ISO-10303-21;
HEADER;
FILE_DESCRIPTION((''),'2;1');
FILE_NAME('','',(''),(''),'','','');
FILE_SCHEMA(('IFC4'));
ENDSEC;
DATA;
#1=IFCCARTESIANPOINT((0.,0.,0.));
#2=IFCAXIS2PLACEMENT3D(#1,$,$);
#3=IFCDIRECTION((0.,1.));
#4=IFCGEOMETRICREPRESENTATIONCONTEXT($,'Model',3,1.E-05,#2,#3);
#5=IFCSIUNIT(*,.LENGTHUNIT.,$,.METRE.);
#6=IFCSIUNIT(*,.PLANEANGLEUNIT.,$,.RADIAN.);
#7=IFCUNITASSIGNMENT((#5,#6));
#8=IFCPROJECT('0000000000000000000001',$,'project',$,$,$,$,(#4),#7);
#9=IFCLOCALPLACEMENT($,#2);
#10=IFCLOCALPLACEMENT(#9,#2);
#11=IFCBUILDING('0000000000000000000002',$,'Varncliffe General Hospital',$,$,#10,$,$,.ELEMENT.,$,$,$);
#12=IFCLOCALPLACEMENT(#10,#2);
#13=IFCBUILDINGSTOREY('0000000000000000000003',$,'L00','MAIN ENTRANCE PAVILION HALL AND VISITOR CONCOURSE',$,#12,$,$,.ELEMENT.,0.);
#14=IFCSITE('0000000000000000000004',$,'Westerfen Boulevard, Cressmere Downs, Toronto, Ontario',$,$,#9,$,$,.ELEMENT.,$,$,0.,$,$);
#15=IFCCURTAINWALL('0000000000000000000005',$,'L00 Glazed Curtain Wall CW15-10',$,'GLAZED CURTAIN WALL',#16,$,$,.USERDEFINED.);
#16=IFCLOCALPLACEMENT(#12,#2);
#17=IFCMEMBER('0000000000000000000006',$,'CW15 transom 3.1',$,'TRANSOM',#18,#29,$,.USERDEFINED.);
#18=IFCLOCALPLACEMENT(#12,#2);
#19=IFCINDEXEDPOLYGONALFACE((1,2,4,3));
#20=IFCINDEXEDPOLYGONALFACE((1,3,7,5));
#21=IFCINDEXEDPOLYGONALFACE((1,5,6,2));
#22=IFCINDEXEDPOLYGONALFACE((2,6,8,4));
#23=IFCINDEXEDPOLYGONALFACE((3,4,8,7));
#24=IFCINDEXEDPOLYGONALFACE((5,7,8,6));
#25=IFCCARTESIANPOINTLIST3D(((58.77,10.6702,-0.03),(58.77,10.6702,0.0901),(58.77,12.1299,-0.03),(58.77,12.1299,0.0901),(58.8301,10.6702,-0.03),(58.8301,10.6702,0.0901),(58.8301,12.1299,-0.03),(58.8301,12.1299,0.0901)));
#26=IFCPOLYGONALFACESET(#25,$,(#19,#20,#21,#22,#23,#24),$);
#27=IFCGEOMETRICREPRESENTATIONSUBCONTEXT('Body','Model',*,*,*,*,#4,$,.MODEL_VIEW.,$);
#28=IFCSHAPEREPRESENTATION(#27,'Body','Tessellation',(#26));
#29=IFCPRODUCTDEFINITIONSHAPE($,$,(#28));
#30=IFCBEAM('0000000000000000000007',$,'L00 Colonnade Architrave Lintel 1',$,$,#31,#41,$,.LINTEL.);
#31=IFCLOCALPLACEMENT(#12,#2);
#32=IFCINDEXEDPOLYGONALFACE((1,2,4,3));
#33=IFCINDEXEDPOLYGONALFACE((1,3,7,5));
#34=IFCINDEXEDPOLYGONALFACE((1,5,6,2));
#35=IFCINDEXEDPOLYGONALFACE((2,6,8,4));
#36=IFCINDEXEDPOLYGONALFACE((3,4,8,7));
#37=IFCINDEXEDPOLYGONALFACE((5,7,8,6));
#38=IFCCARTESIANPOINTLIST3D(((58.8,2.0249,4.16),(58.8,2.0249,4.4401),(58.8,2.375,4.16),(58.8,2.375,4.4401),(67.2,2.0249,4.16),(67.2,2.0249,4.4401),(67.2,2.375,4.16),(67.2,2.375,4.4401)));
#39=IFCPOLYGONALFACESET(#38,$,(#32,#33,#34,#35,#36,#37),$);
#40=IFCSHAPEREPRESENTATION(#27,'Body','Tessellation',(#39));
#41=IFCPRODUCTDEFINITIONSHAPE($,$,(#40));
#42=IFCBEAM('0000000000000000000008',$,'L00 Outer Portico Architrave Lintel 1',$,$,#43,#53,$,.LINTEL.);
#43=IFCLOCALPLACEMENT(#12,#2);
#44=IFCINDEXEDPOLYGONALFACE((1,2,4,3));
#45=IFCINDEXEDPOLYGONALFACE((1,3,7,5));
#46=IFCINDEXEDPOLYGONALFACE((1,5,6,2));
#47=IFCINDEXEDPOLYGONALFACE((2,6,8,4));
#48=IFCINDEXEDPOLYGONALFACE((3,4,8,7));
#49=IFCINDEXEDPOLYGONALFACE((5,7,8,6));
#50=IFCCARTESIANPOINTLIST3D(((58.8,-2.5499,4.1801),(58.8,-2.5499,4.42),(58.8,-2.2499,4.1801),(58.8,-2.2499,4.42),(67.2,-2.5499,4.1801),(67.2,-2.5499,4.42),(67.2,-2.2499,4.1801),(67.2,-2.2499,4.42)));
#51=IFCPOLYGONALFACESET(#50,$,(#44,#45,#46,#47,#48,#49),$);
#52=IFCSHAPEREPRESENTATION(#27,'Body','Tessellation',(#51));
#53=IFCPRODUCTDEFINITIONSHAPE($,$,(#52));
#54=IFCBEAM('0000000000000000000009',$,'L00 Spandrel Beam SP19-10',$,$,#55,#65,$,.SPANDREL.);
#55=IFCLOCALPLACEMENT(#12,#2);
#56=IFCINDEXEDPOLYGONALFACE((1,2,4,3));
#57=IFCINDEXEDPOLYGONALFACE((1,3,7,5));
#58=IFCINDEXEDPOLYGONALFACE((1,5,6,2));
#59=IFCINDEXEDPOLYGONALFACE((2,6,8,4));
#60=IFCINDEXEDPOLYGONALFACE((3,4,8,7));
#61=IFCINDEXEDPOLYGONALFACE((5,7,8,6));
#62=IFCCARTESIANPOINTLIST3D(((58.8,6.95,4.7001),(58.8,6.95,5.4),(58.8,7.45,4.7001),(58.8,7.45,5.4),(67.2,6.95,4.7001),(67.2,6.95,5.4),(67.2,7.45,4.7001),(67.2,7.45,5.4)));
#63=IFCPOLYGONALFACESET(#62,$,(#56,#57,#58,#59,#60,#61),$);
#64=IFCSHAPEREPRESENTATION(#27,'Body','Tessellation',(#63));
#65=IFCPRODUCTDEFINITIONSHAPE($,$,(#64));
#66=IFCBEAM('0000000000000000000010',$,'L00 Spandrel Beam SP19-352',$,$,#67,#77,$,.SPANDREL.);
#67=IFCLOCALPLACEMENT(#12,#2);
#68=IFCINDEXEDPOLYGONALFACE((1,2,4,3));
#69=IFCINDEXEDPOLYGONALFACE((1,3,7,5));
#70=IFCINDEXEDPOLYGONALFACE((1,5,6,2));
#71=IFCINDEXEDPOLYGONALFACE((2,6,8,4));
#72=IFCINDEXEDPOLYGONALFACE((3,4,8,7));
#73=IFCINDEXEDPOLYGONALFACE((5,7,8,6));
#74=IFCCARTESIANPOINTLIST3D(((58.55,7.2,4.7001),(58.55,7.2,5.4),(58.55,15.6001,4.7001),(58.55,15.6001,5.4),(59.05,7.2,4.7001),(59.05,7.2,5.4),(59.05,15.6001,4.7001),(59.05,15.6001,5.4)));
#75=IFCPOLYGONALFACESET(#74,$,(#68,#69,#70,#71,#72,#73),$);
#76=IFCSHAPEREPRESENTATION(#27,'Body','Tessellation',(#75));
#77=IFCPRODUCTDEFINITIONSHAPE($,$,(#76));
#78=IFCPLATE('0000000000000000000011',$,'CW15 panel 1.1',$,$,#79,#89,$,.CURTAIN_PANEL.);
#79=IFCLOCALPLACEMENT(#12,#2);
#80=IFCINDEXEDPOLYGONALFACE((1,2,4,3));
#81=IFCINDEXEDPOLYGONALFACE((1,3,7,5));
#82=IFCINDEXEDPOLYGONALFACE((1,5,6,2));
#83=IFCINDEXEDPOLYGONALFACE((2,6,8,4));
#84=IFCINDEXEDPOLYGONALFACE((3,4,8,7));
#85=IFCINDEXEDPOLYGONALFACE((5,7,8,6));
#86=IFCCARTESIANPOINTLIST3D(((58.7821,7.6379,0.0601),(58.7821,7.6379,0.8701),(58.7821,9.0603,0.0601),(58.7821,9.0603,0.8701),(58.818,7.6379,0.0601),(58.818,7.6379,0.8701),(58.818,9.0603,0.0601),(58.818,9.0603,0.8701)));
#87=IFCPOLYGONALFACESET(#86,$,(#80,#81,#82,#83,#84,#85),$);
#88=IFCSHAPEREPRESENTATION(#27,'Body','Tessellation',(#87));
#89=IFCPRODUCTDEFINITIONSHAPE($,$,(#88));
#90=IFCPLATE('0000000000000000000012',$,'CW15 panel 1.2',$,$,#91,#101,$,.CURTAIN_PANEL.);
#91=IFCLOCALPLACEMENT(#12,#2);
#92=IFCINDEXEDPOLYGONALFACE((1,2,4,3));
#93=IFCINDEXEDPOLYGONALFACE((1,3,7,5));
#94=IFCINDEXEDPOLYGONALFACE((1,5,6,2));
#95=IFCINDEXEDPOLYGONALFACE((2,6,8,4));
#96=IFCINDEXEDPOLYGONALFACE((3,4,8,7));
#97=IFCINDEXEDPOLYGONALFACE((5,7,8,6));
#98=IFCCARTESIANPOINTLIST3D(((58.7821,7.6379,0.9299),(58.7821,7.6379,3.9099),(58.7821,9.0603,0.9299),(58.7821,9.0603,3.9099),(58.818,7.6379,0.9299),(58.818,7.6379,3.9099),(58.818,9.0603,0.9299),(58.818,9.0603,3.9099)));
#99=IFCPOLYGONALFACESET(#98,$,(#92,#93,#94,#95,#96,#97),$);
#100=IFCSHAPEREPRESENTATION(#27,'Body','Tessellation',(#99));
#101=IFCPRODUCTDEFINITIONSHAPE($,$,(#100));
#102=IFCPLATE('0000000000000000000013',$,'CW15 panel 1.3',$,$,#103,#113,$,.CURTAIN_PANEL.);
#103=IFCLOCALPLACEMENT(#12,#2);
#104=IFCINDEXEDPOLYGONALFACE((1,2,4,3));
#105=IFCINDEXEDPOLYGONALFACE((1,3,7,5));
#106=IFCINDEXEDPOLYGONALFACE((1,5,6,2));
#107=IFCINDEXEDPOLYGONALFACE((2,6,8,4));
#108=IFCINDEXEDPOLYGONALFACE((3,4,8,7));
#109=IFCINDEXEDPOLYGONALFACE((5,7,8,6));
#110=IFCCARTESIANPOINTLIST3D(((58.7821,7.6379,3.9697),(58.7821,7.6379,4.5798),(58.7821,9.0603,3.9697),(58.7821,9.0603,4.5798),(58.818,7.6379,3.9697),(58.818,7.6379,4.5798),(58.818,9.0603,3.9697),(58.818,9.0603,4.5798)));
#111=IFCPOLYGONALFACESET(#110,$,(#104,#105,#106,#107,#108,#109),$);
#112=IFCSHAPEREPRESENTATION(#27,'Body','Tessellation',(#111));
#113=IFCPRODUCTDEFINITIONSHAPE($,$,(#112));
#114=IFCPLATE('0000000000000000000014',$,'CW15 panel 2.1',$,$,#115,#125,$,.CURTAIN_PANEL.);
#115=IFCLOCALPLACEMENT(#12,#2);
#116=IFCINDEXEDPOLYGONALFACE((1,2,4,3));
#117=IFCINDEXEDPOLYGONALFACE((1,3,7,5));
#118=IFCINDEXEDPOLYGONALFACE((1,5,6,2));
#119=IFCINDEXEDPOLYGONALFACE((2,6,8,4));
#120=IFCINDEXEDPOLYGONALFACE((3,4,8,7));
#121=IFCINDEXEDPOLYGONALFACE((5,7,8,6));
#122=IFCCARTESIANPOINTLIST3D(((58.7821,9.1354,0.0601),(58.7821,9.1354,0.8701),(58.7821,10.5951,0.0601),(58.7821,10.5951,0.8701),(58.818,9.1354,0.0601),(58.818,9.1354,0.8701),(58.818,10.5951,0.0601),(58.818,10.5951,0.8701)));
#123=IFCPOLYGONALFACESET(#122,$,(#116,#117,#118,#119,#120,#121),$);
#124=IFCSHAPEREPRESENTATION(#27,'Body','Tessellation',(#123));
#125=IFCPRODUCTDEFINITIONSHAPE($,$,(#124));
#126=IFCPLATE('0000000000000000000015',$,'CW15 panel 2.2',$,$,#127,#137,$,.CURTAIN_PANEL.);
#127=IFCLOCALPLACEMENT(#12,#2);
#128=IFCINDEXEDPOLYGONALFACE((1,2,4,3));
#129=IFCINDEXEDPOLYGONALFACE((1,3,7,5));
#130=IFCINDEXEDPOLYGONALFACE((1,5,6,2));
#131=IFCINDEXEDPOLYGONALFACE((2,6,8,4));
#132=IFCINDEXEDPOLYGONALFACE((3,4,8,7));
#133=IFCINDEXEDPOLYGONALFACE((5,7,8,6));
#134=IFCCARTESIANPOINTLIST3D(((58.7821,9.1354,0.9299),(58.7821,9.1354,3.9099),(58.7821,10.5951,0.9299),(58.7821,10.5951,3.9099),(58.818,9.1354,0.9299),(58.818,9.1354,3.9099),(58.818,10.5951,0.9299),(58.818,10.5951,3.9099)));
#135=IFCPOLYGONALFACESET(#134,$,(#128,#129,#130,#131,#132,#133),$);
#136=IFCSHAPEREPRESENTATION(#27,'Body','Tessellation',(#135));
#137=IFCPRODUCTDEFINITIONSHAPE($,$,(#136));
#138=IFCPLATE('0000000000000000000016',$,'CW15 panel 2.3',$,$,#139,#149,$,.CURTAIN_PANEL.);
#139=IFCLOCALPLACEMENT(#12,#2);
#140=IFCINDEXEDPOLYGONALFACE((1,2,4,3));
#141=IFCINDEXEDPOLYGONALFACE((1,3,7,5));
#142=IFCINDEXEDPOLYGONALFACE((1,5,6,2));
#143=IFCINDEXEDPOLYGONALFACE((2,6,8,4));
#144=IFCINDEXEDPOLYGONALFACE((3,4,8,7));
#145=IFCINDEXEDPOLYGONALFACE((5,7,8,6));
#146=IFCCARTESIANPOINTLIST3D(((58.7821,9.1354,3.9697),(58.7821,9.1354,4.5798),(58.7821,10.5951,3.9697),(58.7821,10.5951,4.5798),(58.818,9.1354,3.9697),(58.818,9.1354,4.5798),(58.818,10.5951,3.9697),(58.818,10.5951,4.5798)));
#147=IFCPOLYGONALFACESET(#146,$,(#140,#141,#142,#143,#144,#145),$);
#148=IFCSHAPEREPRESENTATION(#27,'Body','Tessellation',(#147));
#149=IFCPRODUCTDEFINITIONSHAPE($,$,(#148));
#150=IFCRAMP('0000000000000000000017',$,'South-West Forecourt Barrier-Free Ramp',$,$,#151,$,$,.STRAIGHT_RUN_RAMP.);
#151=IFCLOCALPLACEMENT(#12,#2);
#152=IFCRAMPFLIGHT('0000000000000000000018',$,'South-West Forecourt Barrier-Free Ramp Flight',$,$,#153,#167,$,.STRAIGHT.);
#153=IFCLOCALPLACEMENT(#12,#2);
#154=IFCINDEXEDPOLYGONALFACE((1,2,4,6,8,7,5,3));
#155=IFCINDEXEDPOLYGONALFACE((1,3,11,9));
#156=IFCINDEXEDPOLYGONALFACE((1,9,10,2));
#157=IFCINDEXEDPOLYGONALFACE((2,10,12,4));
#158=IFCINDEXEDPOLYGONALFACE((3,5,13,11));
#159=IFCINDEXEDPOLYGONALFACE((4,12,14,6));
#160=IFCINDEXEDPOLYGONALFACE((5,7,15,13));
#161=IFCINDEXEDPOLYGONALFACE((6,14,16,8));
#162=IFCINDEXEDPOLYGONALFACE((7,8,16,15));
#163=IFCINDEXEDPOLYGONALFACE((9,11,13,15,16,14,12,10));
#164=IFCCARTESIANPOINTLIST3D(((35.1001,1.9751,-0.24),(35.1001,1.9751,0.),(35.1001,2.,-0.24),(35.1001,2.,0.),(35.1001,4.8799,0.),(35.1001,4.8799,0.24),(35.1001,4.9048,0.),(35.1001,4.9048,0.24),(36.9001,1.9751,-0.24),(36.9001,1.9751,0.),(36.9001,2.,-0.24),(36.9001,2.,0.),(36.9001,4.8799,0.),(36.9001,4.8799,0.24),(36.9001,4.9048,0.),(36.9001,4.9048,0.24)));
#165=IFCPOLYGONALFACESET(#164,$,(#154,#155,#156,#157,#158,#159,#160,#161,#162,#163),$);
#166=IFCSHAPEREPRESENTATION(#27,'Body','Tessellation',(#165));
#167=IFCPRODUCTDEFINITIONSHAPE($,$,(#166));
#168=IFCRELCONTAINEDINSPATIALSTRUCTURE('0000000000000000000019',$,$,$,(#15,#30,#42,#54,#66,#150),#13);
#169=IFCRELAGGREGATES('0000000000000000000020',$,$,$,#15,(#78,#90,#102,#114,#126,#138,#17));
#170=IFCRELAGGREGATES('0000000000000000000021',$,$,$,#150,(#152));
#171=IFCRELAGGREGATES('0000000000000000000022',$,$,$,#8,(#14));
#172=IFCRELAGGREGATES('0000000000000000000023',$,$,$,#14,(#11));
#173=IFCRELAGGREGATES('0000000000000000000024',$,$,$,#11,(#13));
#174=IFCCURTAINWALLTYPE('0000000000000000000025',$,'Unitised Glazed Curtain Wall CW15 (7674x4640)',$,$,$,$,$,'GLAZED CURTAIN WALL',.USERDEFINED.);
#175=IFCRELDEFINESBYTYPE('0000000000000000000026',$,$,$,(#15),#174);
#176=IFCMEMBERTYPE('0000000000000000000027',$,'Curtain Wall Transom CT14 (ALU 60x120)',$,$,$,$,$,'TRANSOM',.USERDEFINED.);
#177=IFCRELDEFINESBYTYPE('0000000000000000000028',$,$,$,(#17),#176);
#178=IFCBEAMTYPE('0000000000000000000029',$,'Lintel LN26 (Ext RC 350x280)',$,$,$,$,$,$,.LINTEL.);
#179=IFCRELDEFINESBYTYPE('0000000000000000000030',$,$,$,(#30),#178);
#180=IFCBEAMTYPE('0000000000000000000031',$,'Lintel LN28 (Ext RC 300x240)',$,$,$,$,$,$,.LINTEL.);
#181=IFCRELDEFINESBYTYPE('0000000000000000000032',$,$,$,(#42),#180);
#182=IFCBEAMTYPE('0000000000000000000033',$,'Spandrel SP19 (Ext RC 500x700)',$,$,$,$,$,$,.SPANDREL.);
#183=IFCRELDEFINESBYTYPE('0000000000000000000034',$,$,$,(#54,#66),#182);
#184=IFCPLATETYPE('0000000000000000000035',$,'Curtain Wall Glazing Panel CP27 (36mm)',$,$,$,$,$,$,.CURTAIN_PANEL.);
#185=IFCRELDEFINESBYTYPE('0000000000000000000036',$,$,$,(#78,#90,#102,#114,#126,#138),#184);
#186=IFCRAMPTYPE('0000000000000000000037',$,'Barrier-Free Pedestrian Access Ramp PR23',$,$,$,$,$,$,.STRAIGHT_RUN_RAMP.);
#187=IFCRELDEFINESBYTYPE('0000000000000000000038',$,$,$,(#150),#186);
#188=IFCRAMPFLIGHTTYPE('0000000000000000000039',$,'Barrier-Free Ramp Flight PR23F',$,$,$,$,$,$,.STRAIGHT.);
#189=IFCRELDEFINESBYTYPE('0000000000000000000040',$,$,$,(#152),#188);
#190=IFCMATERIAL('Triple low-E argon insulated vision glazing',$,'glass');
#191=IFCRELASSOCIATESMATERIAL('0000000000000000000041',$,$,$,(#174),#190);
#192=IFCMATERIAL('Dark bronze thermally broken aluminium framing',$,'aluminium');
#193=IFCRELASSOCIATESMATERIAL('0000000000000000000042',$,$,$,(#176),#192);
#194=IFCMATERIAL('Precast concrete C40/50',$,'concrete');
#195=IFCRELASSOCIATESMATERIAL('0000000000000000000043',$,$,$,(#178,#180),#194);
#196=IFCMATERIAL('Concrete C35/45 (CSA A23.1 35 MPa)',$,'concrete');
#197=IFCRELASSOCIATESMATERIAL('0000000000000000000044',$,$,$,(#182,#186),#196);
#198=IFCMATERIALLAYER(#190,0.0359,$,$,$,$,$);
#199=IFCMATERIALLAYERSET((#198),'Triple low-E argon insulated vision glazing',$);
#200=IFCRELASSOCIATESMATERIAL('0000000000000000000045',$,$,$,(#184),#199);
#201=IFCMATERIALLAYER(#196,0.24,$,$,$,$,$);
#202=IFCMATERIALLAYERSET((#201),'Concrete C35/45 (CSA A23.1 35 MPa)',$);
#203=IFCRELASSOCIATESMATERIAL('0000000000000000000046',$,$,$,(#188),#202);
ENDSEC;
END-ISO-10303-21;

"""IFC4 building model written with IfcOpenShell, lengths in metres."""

from ifc_helpers import new_model, si_unit, direction, frame, origin, origin_2d, place, context, subcontext, project, spatial, polyline, rectangle, outline, extrude, material, layer, layer_set, material_profile, profile_set, type_object, element, aggregate, save


model = new_model("IFC4")

# Units and contexts
model_context = context("Model", 3, precision=1e-05, world=origin(), true_north=direction((0.0, 1.0)))
body_context = subcontext(model_context, "Body", "Model", "MODEL_VIEW")
ifc_project = project(units=[si_unit("LENGTHUNIT", "METRE"), si_unit("PLANEANGLEUNIT", "RADIAN")], contexts=[model_context])

# Site, building, storey
site_placement = place(None, origin())
site = spatial("IfcSite", under=ifc_project, at=site_placement, Name="Westerfen Boulevard, Cressmere Downs, Toronto, Ontario", CompositionType="ELEMENT", RefElevation=0.0)
building_placement = place(site_placement, origin())
building = spatial("IfcBuilding", under=site, at=building_placement, Name="Varncliffe General Hospital", CompositionType="ELEMENT")
storey_placement = place(building_placement, origin())
storey = spatial("IfcBuildingStorey", under=building, at=storey_placement, Name="L00", Description="MAIN ENTRANCE PAVILION HALL AND VISITOR CONCOURSE", CompositionType="ELEMENT", Elevation=0.0)

# Curtain wall, member
ifc_material_1 = material(Name="Triple low-E argon insulated vision glazing", Category="glass")
curtain_wall_type = type_object("IfcCurtainWallType", Name="Unitised Glazed Curtain Wall CW15 (7674x4640)", ElementType="GLAZED CURTAIN WALL", PredefinedType="USERDEFINED", material=ifc_material_1)
curtain_wall_placement = place(storey_placement, origin())
curtain_wall = element("IfcCurtainWall", 1, at=curtain_wall_placement, inside=storey, type_object=curtain_wall_type, Name="L00 Glazed Curtain Wall CW15-10", ObjectType="GLAZED CURTAIN WALL", PredefinedType="USERDEFINED")
ifc_material_2 = material(Name="Dark bronze thermally broken aluminium framing", Category="aluminium")
ifc_material_profile_1 = material_profile(ifc_material_2, rectangle(XDim=0.0601, YDim=0.1201, at=origin_2d()), Name="ALU 60x120")
ifc_profile_set_1 = profile_set([ifc_material_profile_1], Name="Dark bronze thermally broken aluminium framing")
member_type_1 = type_object("IfcMemberType", Name="Curtain Wall Transom CT14 (ALU 60x120)", ElementType="TRANSOM", PredefinedType="USERDEFINED", material=ifc_profile_set_1)
member_1_placement = place(storey_placement, frame((58.8, 10.6702, 0.03), z_axis=(0.0, 1.0, 0.0), x_axis=(-1.0, 0.0, 0.0)))
member_1 = element("IfcMember", 2, at=member_1_placement, type_object=member_type_1, Name="CW15 transom 3.1", ObjectType="TRANSOM", PredefinedType="USERDEFINED", context=body_context, shape_type="SweptSolid", body=[
    extrude(rectangle(XDim=0.0601, YDim=0.1201, at=origin_2d()), origin(), (0.0, 0.0, 1.0), 1.4597),
])

# Beams
ifc_material_3 = material(Name="Precast concrete C40/50", Category="concrete")
ifc_material_profile_2 = material_profile(ifc_material_3, rectangle(XDim=0.3501, YDim=0.28, at=origin_2d()), Name="RC 350x280")
ifc_profile_set_2 = profile_set([ifc_material_profile_2], Name="Precast concrete C40/50")
beam_type_1 = type_object("IfcBeamType", Name="Lintel LN26 (Ext RC 350x280)", PredefinedType="LINTEL", material=ifc_profile_set_2)
beam_1_placement = place(storey_placement, frame((58.8, 2.2, 4.3), z_axis=(1.0, 0.0, 0.0), x_axis=(0.0, 1.0, 0.0)))
element("IfcBeam", 3, at=beam_1_placement, inside=storey, type_object=beam_type_1, Name="L00 Colonnade Architrave Lintel 1", PredefinedType="LINTEL", context=body_context, shape_type="SweptSolid", body=[
    extrude(rectangle(XDim=0.3501, YDim=0.28, at=origin_2d()), origin(), (0.0, 0.0, 1.0), 8.3999),
])
ifc_material_profile_3 = material_profile(ifc_material_3, rectangle(XDim=0.3, YDim=0.24, at=origin_2d()), Name="RC 300x240")
ifc_profile_set_3 = profile_set([ifc_material_profile_3], Name="Precast concrete C40/50")
beam_type_2 = type_object("IfcBeamType", Name="Lintel LN28 (Ext RC 300x240)", PredefinedType="LINTEL", material=ifc_profile_set_3)
beam_2_placement = place(storey_placement, frame((58.8, -2.3999, 4.3), z_axis=(1.0, 0.0, 0.0), x_axis=(0.0, 1.0, 0.0)))
element("IfcBeam", 4, at=beam_2_placement, inside=storey, type_object=beam_type_2, Name="L00 Outer Portico Architrave Lintel 1", PredefinedType="LINTEL", context=body_context, shape_type="SweptSolid", body=[
    extrude(rectangle(XDim=0.3, YDim=0.24, at=origin_2d()), origin(), (0.0, 0.0, 1.0), 8.3999),
])
ifc_material_4 = material(Name="Concrete C35/45 (CSA A23.1 35 MPa)", Category="concrete")
ifc_material_profile_4 = material_profile(ifc_material_4, rectangle(XDim=0.5, YDim=0.7, at=origin_2d()), Name="RC 500x700")
ifc_profile_set_4 = profile_set([ifc_material_profile_4], Name="Concrete C35/45 (CSA A23.1 35 MPa)")
beam_type_3 = type_object("IfcBeamType", Name="Spandrel SP19 (Ext RC 500x700)", PredefinedType="SPANDREL", material=ifc_profile_set_4)
beam_3_placement = place(storey_placement, frame((58.8, 7.2, 5.05), z_axis=(1.0, 0.0, 0.0), x_axis=(0.0, 1.0, 0.0)))
element("IfcBeam", 5, at=beam_3_placement, inside=storey, type_object=beam_type_3, Name="L00 Spandrel Beam SP19-10", PredefinedType="SPANDREL", context=body_context, shape_type="SweptSolid", body=[
    extrude(rectangle(XDim=0.5, YDim=0.7, at=origin_2d()), origin(), (0.0, 0.0, 1.0), 8.3999),
])
beam_4_placement = place(storey_placement, frame((58.8, 7.2, 5.05), z_axis=(0.0, 1.0, 0.0), x_axis=(-1.0, 0.0, 0.0)))
element("IfcBeam", 6, at=beam_4_placement, inside=storey, type_object=beam_type_3, Name="L00 Spandrel Beam SP19-352", PredefinedType="SPANDREL", context=body_context, shape_type="SweptSolid", body=[
    extrude(rectangle(XDim=0.5, YDim=0.7, at=origin_2d()), origin(), (0.0, 0.0, 1.0), 8.4001),
])

# Plates
ifc_layer_1 = layer(ifc_material_1, 0.0359)
ifc_layer_set_1 = layer_set([ifc_layer_1], Name="Triple low-E argon insulated vision glazing")
plate_type = type_object("IfcPlateType", Name="Curtain Wall Glazing Panel CP27 (36mm)", PredefinedType="CURTAIN_PANEL", material=ifc_layer_set_1)
plate_1_placement = place(storey_placement, frame((58.8, 8.3491, 0.0601), z_axis=(0.0, 0.0, 1.0), x_axis=(0.0, 1.0, 0.0)))
plate_1 = element("IfcPlate", 7, at=plate_1_placement, type_object=plate_type, Name="CW15 panel 1.1", PredefinedType="CURTAIN_PANEL", context=body_context, shape_type="SweptSolid", body=[
    extrude(rectangle(XDim=1.4224, YDim=0.0359, at=origin_2d()), origin(), (0.0, 0.0, 1.0), 0.8101),
])
plate_2_placement = place(storey_placement, frame((58.8, 8.3491, 0.9299), z_axis=(0.0, 0.0, 1.0), x_axis=(0.0, 1.0, 0.0)))
plate_2 = element("IfcPlate", 8, at=plate_2_placement, type_object=plate_type, Name="CW15 panel 1.2", PredefinedType="CURTAIN_PANEL", context=body_context, shape_type="SweptSolid", body=[
    extrude(rectangle(XDim=1.4224, YDim=0.0359, at=origin_2d()), origin(), (0.0, 0.0, 1.0), 2.98),
])
plate_3_placement = place(storey_placement, frame((58.8, 8.3491, 3.9697), z_axis=(0.0, 0.0, 1.0), x_axis=(0.0, 1.0, 0.0)))
plate_3 = element("IfcPlate", 9, at=plate_3_placement, type_object=plate_type, Name="CW15 panel 1.3", PredefinedType="CURTAIN_PANEL", context=body_context, shape_type="SweptSolid", body=[
    extrude(rectangle(XDim=1.4224, YDim=0.0359, at=origin_2d()), origin(), (0.0, 0.0, 1.0), 0.6101),
])
plate_4_placement = place(storey_placement, frame((58.8, 9.8652, 0.0601), z_axis=(0.0, 0.0, 1.0), x_axis=(0.0, 1.0, 0.0)))
plate_4 = element("IfcPlate", 10, at=plate_4_placement, type_object=plate_type, Name="CW15 panel 2.1", PredefinedType="CURTAIN_PANEL", context=body_context, shape_type="SweptSolid", body=[
    extrude(rectangle(XDim=1.4597, YDim=0.0359, at=origin_2d()), origin(), (0.0, 0.0, 1.0), 0.8101),
])
plate_5_placement = place(storey_placement, frame((58.8, 9.8652, 0.9299), z_axis=(0.0, 0.0, 1.0), x_axis=(0.0, 1.0, 0.0)))
plate_5 = element("IfcPlate", 11, at=plate_5_placement, type_object=plate_type, Name="CW15 panel 2.2", PredefinedType="CURTAIN_PANEL", context=body_context, shape_type="SweptSolid", body=[
    extrude(rectangle(XDim=1.4597, YDim=0.0359, at=origin_2d()), origin(), (0.0, 0.0, 1.0), 2.98),
])
plate_6_placement = place(storey_placement, frame((58.8, 9.8652, 3.9697), z_axis=(0.0, 0.0, 1.0), x_axis=(0.0, 1.0, 0.0)))
plate_6 = element("IfcPlate", 12, at=plate_6_placement, type_object=plate_type, Name="CW15 panel 2.3", PredefinedType="CURTAIN_PANEL", context=body_context, shape_type="SweptSolid", body=[
    extrude(rectangle(XDim=1.4597, YDim=0.0359, at=origin_2d()), origin(), (0.0, 0.0, 1.0), 0.6101),
])
aggregate(curtain_wall, [plate_1, plate_2, plate_3, plate_4, plate_5, plate_6, member_1])

# Ramp, ramp flight
ramp_type = type_object("IfcRampType", Name="Barrier-Free Pedestrian Access Ramp PR23", PredefinedType="STRAIGHT_RUN_RAMP", material=ifc_material_4)
ramp_placement = place(storey_placement, origin())
ramp = element("IfcRamp", 13, at=ramp_placement, inside=storey, type_object=ramp_type, Name="South-West Forecourt Barrier-Free Ramp", PredefinedType="STRAIGHT_RUN_RAMP")
ifc_layer_2 = layer(ifc_material_4, 0.24)
ifc_layer_set_2 = layer_set([ifc_layer_2], Name="Concrete C35/45 (CSA A23.1 35 MPa)")
ramp_flight_type = type_object("IfcRampFlightType", Name="Barrier-Free Ramp Flight PR23F", PredefinedType="STRAIGHT", material=ifc_layer_set_2)
ramp_flight_placement = place(storey_placement, frame((36.0, 2.0, 0.0), z_axis=(0.0, 0.0, 1.0), x_axis=(0.0, 1.0, 0.0)))
ramp_flight = element("IfcRampFlight", 14, at=ramp_flight_placement, type_object=ramp_flight_type, Name="South-West Forecourt Barrier-Free Ramp Flight", PredefinedType="STRAIGHT", context=body_context, shape_type="SweptSolid", body=[
    extrude(outline(polyline([(-0.0249, -0.24), (0.0, -0.24), (2.8799, 0.0), (2.9048, 0.0), (2.9048, 0.24), (2.8799, 0.24), (0.0, 0.0), (-0.0249, 0.0), (-0.0249, -0.24)])), frame((0.0, 0.8999, 0.0), z_axis=(0.0, -1.0, 0.0), x_axis=(1.0, 0.0, 0.0)), (0.0, 0.0, 1.0), 1.8),
])
aggregate(ramp, [ramp_flight])

save(model, "model.ifc")
